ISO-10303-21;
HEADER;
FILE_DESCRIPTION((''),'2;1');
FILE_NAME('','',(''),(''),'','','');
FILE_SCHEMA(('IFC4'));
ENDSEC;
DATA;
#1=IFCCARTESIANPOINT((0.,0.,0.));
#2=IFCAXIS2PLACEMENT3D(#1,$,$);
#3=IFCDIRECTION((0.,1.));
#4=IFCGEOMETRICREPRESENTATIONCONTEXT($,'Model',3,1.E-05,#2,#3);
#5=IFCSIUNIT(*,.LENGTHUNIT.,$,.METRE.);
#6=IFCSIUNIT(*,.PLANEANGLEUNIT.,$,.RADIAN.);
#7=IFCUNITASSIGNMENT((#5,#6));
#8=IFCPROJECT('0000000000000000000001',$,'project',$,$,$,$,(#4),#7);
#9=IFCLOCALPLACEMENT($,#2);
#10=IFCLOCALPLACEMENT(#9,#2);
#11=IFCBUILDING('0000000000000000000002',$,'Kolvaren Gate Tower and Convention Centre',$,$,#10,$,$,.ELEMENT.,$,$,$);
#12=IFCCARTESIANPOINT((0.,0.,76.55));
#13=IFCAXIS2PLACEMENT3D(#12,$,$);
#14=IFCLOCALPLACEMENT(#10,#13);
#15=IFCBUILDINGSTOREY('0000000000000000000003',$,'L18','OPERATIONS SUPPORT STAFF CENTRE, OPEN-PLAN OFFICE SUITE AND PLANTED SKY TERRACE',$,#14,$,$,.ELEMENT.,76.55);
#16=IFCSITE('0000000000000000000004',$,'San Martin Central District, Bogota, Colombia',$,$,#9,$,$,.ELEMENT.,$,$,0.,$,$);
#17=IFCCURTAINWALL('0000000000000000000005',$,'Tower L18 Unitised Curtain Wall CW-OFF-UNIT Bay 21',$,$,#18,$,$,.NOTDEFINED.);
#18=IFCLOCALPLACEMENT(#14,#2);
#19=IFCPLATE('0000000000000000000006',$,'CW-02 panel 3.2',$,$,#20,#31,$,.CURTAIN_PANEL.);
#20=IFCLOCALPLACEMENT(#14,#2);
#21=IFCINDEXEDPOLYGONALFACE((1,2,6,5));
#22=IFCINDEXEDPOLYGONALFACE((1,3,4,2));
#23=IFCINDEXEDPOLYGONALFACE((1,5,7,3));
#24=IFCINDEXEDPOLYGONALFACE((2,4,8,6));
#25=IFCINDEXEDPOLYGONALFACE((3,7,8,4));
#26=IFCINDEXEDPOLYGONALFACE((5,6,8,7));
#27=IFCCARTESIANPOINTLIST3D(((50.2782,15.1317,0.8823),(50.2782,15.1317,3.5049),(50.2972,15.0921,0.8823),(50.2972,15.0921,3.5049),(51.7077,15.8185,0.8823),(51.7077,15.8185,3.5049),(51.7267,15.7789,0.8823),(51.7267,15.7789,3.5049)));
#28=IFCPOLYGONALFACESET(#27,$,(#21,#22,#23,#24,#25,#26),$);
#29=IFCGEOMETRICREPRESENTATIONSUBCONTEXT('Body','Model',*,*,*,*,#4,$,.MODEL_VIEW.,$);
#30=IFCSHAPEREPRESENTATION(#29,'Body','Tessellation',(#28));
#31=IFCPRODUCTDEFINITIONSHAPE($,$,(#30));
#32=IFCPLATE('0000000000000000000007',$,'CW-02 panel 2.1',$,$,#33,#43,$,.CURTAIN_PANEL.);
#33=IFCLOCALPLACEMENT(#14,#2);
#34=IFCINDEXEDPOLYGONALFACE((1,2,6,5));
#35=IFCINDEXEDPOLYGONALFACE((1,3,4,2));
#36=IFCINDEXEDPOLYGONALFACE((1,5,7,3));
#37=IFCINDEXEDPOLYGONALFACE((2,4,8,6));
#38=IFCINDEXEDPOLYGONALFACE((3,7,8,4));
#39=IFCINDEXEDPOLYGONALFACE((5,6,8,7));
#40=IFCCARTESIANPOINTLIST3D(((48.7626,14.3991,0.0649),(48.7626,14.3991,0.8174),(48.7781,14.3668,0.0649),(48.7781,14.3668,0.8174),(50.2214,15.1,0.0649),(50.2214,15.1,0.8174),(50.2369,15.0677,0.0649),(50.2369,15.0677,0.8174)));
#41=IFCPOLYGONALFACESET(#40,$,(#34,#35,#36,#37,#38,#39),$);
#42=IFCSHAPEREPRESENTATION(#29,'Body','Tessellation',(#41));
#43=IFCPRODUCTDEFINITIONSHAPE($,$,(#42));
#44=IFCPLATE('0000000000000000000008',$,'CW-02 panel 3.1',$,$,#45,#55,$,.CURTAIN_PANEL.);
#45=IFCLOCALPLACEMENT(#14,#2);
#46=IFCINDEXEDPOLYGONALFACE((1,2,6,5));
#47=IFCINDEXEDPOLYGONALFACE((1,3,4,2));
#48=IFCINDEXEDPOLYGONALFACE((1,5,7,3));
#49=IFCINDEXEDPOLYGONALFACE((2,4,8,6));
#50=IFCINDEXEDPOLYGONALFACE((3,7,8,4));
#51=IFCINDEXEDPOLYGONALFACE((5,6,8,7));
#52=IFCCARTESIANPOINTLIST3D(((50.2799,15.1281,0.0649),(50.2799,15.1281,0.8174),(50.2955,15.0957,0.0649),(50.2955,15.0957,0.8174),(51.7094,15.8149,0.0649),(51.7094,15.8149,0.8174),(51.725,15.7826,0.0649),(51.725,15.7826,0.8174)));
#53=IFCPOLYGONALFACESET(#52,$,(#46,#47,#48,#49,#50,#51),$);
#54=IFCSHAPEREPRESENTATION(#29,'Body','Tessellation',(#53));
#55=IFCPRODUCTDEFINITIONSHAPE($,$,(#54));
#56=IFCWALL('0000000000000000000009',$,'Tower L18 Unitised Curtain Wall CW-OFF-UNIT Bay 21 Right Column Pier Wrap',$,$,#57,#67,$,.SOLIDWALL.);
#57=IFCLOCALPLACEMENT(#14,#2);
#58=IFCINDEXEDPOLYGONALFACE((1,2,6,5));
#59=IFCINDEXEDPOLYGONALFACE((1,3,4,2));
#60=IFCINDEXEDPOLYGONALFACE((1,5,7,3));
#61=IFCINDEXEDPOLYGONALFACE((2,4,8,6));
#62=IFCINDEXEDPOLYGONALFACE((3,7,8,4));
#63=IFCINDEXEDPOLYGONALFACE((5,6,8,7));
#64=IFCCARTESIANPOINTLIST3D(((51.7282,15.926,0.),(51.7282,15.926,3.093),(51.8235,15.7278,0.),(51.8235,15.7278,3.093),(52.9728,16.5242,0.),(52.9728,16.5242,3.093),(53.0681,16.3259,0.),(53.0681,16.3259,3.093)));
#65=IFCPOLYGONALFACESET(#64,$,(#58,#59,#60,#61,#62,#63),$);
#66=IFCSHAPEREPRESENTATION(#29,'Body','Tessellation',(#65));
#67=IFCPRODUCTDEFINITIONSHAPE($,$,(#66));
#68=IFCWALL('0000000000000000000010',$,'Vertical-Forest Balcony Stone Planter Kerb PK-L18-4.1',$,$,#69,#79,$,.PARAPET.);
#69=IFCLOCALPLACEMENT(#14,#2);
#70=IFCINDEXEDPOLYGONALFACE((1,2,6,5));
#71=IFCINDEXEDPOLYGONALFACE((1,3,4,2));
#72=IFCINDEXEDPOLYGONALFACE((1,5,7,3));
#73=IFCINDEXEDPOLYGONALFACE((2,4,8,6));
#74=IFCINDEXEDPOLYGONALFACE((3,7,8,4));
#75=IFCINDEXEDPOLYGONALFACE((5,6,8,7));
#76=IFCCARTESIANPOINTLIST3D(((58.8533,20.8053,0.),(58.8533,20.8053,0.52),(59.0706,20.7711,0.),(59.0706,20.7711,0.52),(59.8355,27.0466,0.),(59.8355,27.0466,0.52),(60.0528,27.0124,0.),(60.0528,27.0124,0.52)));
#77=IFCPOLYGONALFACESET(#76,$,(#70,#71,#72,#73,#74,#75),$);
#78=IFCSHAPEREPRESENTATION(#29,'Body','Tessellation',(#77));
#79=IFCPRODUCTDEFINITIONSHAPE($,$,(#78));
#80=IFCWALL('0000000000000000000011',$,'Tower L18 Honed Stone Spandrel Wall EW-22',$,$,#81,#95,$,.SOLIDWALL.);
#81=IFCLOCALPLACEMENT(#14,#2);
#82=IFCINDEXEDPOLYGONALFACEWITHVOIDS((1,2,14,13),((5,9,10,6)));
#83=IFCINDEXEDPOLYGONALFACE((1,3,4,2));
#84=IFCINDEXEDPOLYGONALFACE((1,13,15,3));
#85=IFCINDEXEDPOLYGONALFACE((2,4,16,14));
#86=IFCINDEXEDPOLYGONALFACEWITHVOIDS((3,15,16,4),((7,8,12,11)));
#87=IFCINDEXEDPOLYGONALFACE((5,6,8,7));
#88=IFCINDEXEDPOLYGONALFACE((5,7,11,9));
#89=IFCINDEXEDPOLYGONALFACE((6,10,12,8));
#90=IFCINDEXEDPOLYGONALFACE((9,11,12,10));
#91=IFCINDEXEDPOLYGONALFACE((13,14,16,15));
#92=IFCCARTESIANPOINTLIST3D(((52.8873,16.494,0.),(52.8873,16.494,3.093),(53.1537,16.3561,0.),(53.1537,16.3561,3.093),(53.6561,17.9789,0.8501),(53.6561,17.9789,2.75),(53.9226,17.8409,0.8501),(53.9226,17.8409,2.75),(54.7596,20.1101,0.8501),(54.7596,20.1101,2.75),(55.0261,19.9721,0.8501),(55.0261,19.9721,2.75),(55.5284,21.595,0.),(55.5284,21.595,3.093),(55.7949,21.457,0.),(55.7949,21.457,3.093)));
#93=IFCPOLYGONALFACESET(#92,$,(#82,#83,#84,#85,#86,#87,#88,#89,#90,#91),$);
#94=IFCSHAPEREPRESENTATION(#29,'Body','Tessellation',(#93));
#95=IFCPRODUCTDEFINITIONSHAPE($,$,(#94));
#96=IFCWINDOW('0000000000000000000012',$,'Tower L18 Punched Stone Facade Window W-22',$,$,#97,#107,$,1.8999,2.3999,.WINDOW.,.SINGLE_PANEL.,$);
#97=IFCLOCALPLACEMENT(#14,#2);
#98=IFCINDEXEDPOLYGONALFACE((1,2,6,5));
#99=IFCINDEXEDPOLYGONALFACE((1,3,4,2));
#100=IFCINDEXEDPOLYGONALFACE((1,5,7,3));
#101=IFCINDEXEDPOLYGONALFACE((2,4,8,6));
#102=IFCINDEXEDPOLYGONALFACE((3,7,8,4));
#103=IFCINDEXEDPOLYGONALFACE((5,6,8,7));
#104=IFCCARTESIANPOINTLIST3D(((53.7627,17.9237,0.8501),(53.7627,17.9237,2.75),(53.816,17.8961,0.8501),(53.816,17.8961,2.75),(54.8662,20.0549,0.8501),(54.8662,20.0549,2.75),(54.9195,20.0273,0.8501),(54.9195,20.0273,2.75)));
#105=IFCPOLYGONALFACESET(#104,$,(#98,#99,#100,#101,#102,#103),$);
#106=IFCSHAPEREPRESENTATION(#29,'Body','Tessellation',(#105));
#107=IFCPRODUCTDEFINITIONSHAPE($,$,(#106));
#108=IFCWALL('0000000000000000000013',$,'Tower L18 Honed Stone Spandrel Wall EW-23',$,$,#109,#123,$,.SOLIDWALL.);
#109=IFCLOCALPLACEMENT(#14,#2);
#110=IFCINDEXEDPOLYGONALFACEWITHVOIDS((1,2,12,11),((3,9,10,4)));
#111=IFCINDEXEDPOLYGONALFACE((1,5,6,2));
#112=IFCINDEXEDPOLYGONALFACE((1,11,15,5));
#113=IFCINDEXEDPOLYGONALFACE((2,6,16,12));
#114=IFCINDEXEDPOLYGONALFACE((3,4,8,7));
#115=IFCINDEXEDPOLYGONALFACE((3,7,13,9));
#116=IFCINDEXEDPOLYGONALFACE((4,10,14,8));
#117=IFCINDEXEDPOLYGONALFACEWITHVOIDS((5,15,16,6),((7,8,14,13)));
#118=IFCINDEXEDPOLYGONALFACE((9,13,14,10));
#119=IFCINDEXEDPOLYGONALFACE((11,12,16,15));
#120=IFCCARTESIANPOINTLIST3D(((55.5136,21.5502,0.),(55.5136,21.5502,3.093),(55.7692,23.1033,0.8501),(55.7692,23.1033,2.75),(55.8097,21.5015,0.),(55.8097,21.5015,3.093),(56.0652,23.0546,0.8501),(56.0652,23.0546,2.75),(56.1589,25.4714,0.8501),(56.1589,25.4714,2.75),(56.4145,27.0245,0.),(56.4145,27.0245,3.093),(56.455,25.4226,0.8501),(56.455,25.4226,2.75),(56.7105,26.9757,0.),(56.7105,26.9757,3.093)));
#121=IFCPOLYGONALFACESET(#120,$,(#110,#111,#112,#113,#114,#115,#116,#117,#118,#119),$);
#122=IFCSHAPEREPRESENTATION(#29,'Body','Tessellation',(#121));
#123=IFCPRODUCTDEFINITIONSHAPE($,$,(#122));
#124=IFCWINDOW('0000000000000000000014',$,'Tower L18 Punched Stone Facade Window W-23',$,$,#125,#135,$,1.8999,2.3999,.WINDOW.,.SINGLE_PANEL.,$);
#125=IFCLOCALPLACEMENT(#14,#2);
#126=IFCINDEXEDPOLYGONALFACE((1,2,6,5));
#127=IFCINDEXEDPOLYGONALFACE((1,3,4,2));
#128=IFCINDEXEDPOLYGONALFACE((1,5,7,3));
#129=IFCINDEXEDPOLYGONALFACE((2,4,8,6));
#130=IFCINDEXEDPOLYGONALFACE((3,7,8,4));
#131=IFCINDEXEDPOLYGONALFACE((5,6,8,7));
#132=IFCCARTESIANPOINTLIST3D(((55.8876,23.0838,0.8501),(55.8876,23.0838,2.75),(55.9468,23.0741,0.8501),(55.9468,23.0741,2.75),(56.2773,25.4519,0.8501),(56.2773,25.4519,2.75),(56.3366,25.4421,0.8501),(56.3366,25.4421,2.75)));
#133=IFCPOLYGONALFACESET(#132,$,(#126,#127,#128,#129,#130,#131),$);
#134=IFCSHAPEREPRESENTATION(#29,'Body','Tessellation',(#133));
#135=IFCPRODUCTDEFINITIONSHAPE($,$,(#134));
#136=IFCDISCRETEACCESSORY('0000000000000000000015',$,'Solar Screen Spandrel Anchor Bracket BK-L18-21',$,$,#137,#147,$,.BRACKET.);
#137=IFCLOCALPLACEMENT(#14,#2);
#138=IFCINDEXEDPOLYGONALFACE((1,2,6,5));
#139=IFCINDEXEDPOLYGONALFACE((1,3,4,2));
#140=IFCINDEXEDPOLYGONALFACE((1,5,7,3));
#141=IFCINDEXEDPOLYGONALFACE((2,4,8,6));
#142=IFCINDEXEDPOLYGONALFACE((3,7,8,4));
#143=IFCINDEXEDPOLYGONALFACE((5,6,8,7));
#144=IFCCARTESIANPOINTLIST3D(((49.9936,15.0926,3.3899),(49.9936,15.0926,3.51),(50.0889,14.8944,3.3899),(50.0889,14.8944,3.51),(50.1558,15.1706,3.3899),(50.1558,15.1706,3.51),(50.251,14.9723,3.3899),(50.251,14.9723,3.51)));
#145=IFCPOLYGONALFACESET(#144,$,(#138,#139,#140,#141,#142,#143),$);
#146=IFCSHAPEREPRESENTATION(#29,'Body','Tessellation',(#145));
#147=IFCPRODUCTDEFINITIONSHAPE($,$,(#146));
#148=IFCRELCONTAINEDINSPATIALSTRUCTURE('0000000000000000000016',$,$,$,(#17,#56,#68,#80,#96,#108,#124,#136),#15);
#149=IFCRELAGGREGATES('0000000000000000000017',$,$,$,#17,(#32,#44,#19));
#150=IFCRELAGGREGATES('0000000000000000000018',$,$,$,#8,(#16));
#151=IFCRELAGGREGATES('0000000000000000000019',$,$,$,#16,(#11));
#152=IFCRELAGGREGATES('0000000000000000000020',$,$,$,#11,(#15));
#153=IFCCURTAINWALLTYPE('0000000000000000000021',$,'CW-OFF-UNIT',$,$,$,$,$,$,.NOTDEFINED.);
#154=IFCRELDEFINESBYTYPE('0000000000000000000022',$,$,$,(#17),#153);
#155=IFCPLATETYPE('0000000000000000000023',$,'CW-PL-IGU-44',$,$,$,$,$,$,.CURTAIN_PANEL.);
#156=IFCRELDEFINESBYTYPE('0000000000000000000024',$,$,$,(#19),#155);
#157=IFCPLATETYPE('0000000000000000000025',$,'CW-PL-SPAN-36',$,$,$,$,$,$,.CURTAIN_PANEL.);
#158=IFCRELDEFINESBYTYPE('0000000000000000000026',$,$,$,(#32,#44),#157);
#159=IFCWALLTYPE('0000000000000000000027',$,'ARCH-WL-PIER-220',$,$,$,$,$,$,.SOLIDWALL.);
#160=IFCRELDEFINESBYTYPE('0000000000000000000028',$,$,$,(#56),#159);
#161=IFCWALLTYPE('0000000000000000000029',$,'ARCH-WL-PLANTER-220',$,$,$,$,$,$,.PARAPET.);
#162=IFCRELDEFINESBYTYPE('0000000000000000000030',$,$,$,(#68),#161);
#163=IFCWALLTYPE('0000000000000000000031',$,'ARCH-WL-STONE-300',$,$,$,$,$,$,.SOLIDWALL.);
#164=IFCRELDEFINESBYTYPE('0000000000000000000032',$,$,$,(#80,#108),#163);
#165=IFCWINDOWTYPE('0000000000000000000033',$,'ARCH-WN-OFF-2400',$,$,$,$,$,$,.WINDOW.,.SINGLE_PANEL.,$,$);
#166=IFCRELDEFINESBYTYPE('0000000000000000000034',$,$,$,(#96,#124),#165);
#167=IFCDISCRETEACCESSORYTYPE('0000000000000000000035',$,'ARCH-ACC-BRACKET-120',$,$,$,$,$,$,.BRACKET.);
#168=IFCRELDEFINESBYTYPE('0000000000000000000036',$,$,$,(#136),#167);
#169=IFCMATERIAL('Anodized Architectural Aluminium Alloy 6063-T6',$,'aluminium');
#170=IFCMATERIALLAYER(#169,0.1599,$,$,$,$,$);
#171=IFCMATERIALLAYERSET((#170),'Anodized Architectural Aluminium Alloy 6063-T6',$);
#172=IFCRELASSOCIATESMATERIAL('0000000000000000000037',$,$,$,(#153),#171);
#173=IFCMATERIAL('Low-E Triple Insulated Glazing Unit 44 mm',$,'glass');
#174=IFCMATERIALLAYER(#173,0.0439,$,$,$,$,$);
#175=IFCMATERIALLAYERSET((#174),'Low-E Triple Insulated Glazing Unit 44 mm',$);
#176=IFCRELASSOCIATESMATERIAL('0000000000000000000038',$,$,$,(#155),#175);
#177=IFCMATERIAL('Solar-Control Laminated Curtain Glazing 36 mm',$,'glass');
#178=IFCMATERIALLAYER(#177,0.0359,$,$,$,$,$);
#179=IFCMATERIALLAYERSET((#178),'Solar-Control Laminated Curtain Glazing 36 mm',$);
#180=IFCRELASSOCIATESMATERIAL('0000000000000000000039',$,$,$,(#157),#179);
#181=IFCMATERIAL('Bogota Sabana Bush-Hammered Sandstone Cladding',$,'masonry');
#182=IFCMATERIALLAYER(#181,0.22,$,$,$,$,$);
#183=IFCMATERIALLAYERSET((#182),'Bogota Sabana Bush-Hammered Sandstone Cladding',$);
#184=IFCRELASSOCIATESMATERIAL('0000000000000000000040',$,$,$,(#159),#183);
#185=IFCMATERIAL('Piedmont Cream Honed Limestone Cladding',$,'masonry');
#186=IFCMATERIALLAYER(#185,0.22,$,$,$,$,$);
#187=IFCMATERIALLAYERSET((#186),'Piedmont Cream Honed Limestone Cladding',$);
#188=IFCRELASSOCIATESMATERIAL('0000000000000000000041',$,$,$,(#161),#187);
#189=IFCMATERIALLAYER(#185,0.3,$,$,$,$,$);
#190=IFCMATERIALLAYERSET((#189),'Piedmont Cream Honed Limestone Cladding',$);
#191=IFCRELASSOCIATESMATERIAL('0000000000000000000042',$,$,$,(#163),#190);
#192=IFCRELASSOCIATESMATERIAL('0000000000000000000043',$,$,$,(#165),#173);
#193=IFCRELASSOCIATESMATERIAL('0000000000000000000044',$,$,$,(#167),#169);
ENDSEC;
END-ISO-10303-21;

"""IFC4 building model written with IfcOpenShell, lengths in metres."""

from ifc_helpers import new_model, si_unit, direction, frame, frame_2d, origin, origin_2d, place, context, subcontext, project, spatial, rectangle, extrude, material, layer, layer_set, type_object, element, fill, aggregate, save


model = new_model("IFC4")

# Units and contexts
model_context = context("Model", 3, precision=1e-05, world=origin(), true_north=direction((0.0, 1.0)))
body_context = subcontext(model_context, "Body", "Model", "MODEL_VIEW")
ifc_project = project(units=[si_unit("LENGTHUNIT", "METRE"), si_unit("PLANEANGLEUNIT", "RADIAN")], contexts=[model_context])

# Site, building, storey
site_placement = place(None, origin())
site = spatial("IfcSite", under=ifc_project, at=site_placement, Name="San Martin Central District, Bogota, Colombia", CompositionType="ELEMENT", RefElevation=0.0)
building_placement = place(site_placement, origin())
building = spatial("IfcBuilding", under=site, at=building_placement, Name="Kolvaren Gate Tower and Convention Centre", CompositionType="ELEMENT")
storey_placement = place(building_placement, frame((0.0, 0.0, 76.55)))
storey = spatial("IfcBuildingStorey", under=building, at=storey_placement, Name="L18", Description="OPERATIONS SUPPORT STAFF CENTRE, OPEN-PLAN OFFICE SUITE AND PLANTED SKY TERRACE", CompositionType="ELEMENT", Elevation=76.55)

# Curtain wall
ifc_material_1 = material(Name="Anodized Architectural Aluminium Alloy 6063-T6", Category="aluminium")
ifc_layer_1 = layer(ifc_material_1, 0.1599)
ifc_layer_set_1 = layer_set([ifc_layer_1], Name="Anodized Architectural Aluminium Alloy 6063-T6")
curtain_wall_type = type_object("IfcCurtainWallType", Name="CW-OFF-UNIT", PredefinedType="NOTDEFINED", material=ifc_layer_set_1)
curtain_wall_placement = place(storey_placement, origin())
curtain_wall = element("IfcCurtainWall", 1, at=curtain_wall_placement, inside=storey, type_object=curtain_wall_type, Name="Tower L18 Unitised Curtain Wall CW-OFF-UNIT Bay 21", PredefinedType="NOTDEFINED")

# Plates
ifc_material_2 = material(Name="Low-E Triple Insulated Glazing Unit 44 mm", Category="glass")
ifc_layer_2 = layer(ifc_material_2, 0.0439)
ifc_layer_set_2 = layer_set([ifc_layer_2], Name="Low-E Triple Insulated Glazing Unit 44 mm")
plate_type_1 = type_object("IfcPlateType", Name="CW-PL-IGU-44", PredefinedType="CURTAIN_PANEL", material=ifc_layer_set_2)
plate_1_placement = place(storey_placement, frame((51.0024, 15.4553, 0.8823), z_axis=(0.0, 0.0, 1.0), x_axis=(0.901362, 0.433067, 0.0)))
plate_1 = element("IfcPlate", 2, at=plate_1_placement, type_object=plate_type_1, Name="CW-02 panel 3.2", PredefinedType="CURTAIN_PANEL", context=body_context, shape_type="SweptSolid", body=[
    extrude(rectangle(XDim=1.5859, YDim=0.0439, at=origin_2d()), origin(), (0.0, 0.0, 1.0), 2.6226),
])
ifc_material_3 = material(Name="Solar-Control Laminated Curtain Glazing 36 mm", Category="glass")
ifc_layer_3 = layer(ifc_material_3, 0.0359)
ifc_layer_set_3 = layer_set([ifc_layer_3], Name="Solar-Control Laminated Curtain Glazing 36 mm")
plate_type_2 = type_object("IfcPlateType", Name="CW-PL-SPAN-36", PredefinedType="CURTAIN_PANEL", material=ifc_layer_set_3)
plate_2_placement = place(storey_placement, frame((49.4998, 14.7334, 0.0649), z_axis=(0.0, 0.0, 1.0), x_axis=(0.901362, 0.433067, 0.0)))
plate_2 = element("IfcPlate", 3, at=plate_2_placement, type_object=plate_type_2, Name="CW-02 panel 2.1", PredefinedType="CURTAIN_PANEL", context=body_context, shape_type="SweptSolid", body=[
    extrude(rectangle(XDim=1.6184, YDim=0.0359, at=origin_2d()), origin(), (0.0, 0.0, 1.0), 0.7524),
])
plate_3_placement = place(storey_placement, frame((51.0024, 15.4553, 0.0649), z_axis=(0.0, 0.0, 1.0), x_axis=(0.901362, 0.433067, 0.0)))
plate_3 = element("IfcPlate", 4, at=plate_3_placement, type_object=plate_type_2, Name="CW-02 panel 3.1", PredefinedType="CURTAIN_PANEL", context=body_context, shape_type="SweptSolid", body=[
    extrude(rectangle(XDim=1.5859, YDim=0.0359, at=origin_2d()), origin(), (0.0, 0.0, 1.0), 0.7524),
])
aggregate(curtain_wall, [plate_2, plate_3, plate_1])

# Walls
ifc_material_4 = material(Name="Bogota Sabana Bush-Hammered Sandstone Cladding", Category="masonry")
ifc_layer_4 = layer(ifc_material_4, 0.22)
ifc_layer_set_4 = layer_set([ifc_layer_4], Name="Bogota Sabana Bush-Hammered Sandstone Cladding")
wall_type_1 = type_object("IfcWallType", Name="ARCH-WL-PIER-220", PredefinedType="SOLIDWALL", material=ifc_layer_set_4)
wall_1_placement = place(storey_placement, frame((51.7759, 15.8269, 0.0), z_axis=(0.0, 0.0, 1.0), x_axis=(0.901319, 0.433156, 0.0)))
element("IfcWall", 5, at=wall_1_placement, inside=storey, type_object=wall_type_1, Name="Tower L18 Unitised Curtain Wall CW-OFF-UNIT Bay 21 Right Column Pier Wrap", PredefinedType="SOLIDWALL", context=body_context, shape_type="SweptSolid", body=[
    extrude(rectangle(XDim=1.3809, YDim=0.22, at=frame_2d((0.6904, 0.0))), origin(), (0.0, 0.0, 1.0), 3.093),
])
ifc_material_5 = material(Name="Piedmont Cream Honed Limestone Cladding", Category="masonry")
ifc_layer_5 = layer(ifc_material_5, 0.22)
ifc_layer_set_5 = layer_set([ifc_layer_5], Name="Piedmont Cream Honed Limestone Cladding")
wall_type_2 = type_object("IfcWallType", Name="ARCH-WL-PLANTER-220", PredefinedType="PARAPET", material=ifc_layer_set_5)
wall_2_placement = place(storey_placement, frame((58.9619, 20.7881, 0.0), z_axis=(0.0, 0.0, 1.0), x_axis=(0.155457, 0.987843, 0.0)))
element("IfcWall", 6, at=wall_2_placement, inside=storey, type_object=wall_type_2, Name="Vertical-Forest Balcony Stone Planter Kerb PK-L18-4.1", PredefinedType="PARAPET", context=body_context, shape_type="SweptSolid", body=[
    extrude(rectangle(XDim=6.3181, YDim=0.22, at=frame_2d((3.1592, 0.0))), origin(), (0.0, 0.0, 1.0), 0.52),
])

# Walls, openings, windows
ifc_layer_6 = layer(ifc_material_5, 0.3)
ifc_layer_set_6 = layer_set([ifc_layer_6], Name="Piedmont Cream Honed Limestone Cladding")
wall_type_3 = type_object("IfcWallType", Name="ARCH-WL-STONE-300", PredefinedType="SOLIDWALL", material=ifc_layer_set_6)
wall_3_placement = place(storey_placement, frame((53.0205, 16.425, 0.0), z_axis=(0.0, 0.0, 1.0), x_axis=(0.459801, 0.888022, 0.0)))
wall_3 = element("IfcWall", 7, at=wall_3_placement, inside=storey, type_object=wall_type_3, Name="Tower L18 Honed Stone Spandrel Wall EW-22", PredefinedType="SOLIDWALL", context=body_context, shape_type="SweptSolid", body=[
    extrude(rectangle(XDim=5.7441, YDim=0.3, at=frame_2d((2.8721, 0.0))), origin(), (0.0, 0.0, 1.0), 3.093),
])
opening_1_placement = place(wall_3_placement, frame((1.6721, 0.0, 0.8501)))
opening_1 = element("IfcOpeningElement", 8, at=opening_1_placement, cuts=wall_3, PredefinedType="OPENING", context=body_context, shape_type="SweptSolid", body=[
    extrude(rectangle(XDim=2.3999, YDim=1.8999, at=frame_2d((1.2, 0.95))), frame((0.0, 0.1599, 0.0), z_axis=(0.0, -1.0, 0.0), x_axis=(1.0, 0.0, 0.0)), (0.0, 0.0, 1.0), 0.3201),
])
window_type = type_object("IfcWindowType", Name="ARCH-WN-OFF-2400", PartitioningType="SINGLE_PANEL", PredefinedType="WINDOW", material=ifc_material_2)
window_1_placement = place(opening_1_placement, origin())
window_1 = element("IfcWindow", 9, at=window_1_placement, inside=storey, type_object=window_type, Name="Tower L18 Punched Stone Facade Window W-22", OverallHeight=1.8999, OverallWidth=2.3999, PartitioningType="SINGLE_PANEL", PredefinedType="WINDOW", context=body_context, shape_type="SweptSolid", body=[
    extrude(rectangle(XDim=2.3999, YDim=1.8999, at=frame_2d((1.2, 0.95))), frame((0.0, 0.03, 0.0), z_axis=(0.0, -1.0, 0.0), x_axis=(1.0, 0.0, 0.0)), (0.0, 0.0, 1.0), 0.0601),
])
fill(opening_1, window_1)
wall_4_placement = place(storey_placement, frame((55.6616, 21.5259, 0.0), z_axis=(0.0, 0.0, 1.0), x_axis=(0.162386, 0.986727, 0.0)))
wall_4 = element("IfcWall", 10, at=wall_4_placement, inside=storey, type_object=wall_type_3, Name="Tower L18 Honed Stone Spandrel Wall EW-23", PredefinedType="SOLIDWALL", context=body_context, shape_type="SweptSolid", body=[
    extrude(rectangle(XDim=5.5479, YDim=0.3, at=frame_2d((2.7739, 0.0))), origin(), (0.0, 0.0, 1.0), 3.093),
])
opening_2_placement = place(wall_4_placement, frame((1.574, 0.0, 0.8501)))
opening_2 = element("IfcOpeningElement", 11, at=opening_2_placement, cuts=wall_4, PredefinedType="OPENING", context=body_context, shape_type="SweptSolid", body=[
    extrude(rectangle(XDim=2.3999, YDim=1.8999, at=frame_2d((1.2, 0.95))), frame((0.0, 0.1599, 0.0), z_axis=(0.0, -1.0, 0.0), x_axis=(1.0, 0.0, 0.0)), (0.0, 0.0, 1.0), 0.3201),
])
window_2_placement = place(opening_2_placement, origin())
window_2 = element("IfcWindow", 12, at=window_2_placement, inside=storey, type_object=window_type, Name="Tower L18 Punched Stone Facade Window W-23", OverallHeight=1.8999, OverallWidth=2.3999, PartitioningType="SINGLE_PANEL", PredefinedType="WINDOW", context=body_context, shape_type="SweptSolid", body=[
    extrude(rectangle(XDim=2.3999, YDim=1.8999, at=frame_2d((1.2, 0.95))), frame((0.0, 0.03, 0.0), z_axis=(0.0, -1.0, 0.0), x_axis=(1.0, 0.0, 0.0)), (0.0, 0.0, 1.0), 0.0601),
])
fill(opening_2, window_2)

# Discrete accessory
discrete_accessory_type = type_object("IfcDiscreteAccessoryType", Name="ARCH-ACC-BRACKET-120", PredefinedType="BRACKET", material=ifc_material_1)
discrete_accessory_placement = place(storey_placement, frame((50.1223, 15.0325, 3.3899), z_axis=(0.0, 0.0, 1.0), x_axis=(0.901358, 0.433076, 0.0)))
element("IfcDiscreteAccessory", 13, at=discrete_accessory_placement, inside=storey, type_object=discrete_accessory_type, Name="Solar Screen Spandrel Anchor Bracket BK-L18-21", PredefinedType="BRACKET", context=body_context, shape_type="SweptSolid", body=[
    extrude(rectangle(XDim=0.1799, YDim=0.22, at=origin_2d()), origin(), (0.0, 0.0, 1.0), 0.1201),
])

save(model, "model.ifc")
